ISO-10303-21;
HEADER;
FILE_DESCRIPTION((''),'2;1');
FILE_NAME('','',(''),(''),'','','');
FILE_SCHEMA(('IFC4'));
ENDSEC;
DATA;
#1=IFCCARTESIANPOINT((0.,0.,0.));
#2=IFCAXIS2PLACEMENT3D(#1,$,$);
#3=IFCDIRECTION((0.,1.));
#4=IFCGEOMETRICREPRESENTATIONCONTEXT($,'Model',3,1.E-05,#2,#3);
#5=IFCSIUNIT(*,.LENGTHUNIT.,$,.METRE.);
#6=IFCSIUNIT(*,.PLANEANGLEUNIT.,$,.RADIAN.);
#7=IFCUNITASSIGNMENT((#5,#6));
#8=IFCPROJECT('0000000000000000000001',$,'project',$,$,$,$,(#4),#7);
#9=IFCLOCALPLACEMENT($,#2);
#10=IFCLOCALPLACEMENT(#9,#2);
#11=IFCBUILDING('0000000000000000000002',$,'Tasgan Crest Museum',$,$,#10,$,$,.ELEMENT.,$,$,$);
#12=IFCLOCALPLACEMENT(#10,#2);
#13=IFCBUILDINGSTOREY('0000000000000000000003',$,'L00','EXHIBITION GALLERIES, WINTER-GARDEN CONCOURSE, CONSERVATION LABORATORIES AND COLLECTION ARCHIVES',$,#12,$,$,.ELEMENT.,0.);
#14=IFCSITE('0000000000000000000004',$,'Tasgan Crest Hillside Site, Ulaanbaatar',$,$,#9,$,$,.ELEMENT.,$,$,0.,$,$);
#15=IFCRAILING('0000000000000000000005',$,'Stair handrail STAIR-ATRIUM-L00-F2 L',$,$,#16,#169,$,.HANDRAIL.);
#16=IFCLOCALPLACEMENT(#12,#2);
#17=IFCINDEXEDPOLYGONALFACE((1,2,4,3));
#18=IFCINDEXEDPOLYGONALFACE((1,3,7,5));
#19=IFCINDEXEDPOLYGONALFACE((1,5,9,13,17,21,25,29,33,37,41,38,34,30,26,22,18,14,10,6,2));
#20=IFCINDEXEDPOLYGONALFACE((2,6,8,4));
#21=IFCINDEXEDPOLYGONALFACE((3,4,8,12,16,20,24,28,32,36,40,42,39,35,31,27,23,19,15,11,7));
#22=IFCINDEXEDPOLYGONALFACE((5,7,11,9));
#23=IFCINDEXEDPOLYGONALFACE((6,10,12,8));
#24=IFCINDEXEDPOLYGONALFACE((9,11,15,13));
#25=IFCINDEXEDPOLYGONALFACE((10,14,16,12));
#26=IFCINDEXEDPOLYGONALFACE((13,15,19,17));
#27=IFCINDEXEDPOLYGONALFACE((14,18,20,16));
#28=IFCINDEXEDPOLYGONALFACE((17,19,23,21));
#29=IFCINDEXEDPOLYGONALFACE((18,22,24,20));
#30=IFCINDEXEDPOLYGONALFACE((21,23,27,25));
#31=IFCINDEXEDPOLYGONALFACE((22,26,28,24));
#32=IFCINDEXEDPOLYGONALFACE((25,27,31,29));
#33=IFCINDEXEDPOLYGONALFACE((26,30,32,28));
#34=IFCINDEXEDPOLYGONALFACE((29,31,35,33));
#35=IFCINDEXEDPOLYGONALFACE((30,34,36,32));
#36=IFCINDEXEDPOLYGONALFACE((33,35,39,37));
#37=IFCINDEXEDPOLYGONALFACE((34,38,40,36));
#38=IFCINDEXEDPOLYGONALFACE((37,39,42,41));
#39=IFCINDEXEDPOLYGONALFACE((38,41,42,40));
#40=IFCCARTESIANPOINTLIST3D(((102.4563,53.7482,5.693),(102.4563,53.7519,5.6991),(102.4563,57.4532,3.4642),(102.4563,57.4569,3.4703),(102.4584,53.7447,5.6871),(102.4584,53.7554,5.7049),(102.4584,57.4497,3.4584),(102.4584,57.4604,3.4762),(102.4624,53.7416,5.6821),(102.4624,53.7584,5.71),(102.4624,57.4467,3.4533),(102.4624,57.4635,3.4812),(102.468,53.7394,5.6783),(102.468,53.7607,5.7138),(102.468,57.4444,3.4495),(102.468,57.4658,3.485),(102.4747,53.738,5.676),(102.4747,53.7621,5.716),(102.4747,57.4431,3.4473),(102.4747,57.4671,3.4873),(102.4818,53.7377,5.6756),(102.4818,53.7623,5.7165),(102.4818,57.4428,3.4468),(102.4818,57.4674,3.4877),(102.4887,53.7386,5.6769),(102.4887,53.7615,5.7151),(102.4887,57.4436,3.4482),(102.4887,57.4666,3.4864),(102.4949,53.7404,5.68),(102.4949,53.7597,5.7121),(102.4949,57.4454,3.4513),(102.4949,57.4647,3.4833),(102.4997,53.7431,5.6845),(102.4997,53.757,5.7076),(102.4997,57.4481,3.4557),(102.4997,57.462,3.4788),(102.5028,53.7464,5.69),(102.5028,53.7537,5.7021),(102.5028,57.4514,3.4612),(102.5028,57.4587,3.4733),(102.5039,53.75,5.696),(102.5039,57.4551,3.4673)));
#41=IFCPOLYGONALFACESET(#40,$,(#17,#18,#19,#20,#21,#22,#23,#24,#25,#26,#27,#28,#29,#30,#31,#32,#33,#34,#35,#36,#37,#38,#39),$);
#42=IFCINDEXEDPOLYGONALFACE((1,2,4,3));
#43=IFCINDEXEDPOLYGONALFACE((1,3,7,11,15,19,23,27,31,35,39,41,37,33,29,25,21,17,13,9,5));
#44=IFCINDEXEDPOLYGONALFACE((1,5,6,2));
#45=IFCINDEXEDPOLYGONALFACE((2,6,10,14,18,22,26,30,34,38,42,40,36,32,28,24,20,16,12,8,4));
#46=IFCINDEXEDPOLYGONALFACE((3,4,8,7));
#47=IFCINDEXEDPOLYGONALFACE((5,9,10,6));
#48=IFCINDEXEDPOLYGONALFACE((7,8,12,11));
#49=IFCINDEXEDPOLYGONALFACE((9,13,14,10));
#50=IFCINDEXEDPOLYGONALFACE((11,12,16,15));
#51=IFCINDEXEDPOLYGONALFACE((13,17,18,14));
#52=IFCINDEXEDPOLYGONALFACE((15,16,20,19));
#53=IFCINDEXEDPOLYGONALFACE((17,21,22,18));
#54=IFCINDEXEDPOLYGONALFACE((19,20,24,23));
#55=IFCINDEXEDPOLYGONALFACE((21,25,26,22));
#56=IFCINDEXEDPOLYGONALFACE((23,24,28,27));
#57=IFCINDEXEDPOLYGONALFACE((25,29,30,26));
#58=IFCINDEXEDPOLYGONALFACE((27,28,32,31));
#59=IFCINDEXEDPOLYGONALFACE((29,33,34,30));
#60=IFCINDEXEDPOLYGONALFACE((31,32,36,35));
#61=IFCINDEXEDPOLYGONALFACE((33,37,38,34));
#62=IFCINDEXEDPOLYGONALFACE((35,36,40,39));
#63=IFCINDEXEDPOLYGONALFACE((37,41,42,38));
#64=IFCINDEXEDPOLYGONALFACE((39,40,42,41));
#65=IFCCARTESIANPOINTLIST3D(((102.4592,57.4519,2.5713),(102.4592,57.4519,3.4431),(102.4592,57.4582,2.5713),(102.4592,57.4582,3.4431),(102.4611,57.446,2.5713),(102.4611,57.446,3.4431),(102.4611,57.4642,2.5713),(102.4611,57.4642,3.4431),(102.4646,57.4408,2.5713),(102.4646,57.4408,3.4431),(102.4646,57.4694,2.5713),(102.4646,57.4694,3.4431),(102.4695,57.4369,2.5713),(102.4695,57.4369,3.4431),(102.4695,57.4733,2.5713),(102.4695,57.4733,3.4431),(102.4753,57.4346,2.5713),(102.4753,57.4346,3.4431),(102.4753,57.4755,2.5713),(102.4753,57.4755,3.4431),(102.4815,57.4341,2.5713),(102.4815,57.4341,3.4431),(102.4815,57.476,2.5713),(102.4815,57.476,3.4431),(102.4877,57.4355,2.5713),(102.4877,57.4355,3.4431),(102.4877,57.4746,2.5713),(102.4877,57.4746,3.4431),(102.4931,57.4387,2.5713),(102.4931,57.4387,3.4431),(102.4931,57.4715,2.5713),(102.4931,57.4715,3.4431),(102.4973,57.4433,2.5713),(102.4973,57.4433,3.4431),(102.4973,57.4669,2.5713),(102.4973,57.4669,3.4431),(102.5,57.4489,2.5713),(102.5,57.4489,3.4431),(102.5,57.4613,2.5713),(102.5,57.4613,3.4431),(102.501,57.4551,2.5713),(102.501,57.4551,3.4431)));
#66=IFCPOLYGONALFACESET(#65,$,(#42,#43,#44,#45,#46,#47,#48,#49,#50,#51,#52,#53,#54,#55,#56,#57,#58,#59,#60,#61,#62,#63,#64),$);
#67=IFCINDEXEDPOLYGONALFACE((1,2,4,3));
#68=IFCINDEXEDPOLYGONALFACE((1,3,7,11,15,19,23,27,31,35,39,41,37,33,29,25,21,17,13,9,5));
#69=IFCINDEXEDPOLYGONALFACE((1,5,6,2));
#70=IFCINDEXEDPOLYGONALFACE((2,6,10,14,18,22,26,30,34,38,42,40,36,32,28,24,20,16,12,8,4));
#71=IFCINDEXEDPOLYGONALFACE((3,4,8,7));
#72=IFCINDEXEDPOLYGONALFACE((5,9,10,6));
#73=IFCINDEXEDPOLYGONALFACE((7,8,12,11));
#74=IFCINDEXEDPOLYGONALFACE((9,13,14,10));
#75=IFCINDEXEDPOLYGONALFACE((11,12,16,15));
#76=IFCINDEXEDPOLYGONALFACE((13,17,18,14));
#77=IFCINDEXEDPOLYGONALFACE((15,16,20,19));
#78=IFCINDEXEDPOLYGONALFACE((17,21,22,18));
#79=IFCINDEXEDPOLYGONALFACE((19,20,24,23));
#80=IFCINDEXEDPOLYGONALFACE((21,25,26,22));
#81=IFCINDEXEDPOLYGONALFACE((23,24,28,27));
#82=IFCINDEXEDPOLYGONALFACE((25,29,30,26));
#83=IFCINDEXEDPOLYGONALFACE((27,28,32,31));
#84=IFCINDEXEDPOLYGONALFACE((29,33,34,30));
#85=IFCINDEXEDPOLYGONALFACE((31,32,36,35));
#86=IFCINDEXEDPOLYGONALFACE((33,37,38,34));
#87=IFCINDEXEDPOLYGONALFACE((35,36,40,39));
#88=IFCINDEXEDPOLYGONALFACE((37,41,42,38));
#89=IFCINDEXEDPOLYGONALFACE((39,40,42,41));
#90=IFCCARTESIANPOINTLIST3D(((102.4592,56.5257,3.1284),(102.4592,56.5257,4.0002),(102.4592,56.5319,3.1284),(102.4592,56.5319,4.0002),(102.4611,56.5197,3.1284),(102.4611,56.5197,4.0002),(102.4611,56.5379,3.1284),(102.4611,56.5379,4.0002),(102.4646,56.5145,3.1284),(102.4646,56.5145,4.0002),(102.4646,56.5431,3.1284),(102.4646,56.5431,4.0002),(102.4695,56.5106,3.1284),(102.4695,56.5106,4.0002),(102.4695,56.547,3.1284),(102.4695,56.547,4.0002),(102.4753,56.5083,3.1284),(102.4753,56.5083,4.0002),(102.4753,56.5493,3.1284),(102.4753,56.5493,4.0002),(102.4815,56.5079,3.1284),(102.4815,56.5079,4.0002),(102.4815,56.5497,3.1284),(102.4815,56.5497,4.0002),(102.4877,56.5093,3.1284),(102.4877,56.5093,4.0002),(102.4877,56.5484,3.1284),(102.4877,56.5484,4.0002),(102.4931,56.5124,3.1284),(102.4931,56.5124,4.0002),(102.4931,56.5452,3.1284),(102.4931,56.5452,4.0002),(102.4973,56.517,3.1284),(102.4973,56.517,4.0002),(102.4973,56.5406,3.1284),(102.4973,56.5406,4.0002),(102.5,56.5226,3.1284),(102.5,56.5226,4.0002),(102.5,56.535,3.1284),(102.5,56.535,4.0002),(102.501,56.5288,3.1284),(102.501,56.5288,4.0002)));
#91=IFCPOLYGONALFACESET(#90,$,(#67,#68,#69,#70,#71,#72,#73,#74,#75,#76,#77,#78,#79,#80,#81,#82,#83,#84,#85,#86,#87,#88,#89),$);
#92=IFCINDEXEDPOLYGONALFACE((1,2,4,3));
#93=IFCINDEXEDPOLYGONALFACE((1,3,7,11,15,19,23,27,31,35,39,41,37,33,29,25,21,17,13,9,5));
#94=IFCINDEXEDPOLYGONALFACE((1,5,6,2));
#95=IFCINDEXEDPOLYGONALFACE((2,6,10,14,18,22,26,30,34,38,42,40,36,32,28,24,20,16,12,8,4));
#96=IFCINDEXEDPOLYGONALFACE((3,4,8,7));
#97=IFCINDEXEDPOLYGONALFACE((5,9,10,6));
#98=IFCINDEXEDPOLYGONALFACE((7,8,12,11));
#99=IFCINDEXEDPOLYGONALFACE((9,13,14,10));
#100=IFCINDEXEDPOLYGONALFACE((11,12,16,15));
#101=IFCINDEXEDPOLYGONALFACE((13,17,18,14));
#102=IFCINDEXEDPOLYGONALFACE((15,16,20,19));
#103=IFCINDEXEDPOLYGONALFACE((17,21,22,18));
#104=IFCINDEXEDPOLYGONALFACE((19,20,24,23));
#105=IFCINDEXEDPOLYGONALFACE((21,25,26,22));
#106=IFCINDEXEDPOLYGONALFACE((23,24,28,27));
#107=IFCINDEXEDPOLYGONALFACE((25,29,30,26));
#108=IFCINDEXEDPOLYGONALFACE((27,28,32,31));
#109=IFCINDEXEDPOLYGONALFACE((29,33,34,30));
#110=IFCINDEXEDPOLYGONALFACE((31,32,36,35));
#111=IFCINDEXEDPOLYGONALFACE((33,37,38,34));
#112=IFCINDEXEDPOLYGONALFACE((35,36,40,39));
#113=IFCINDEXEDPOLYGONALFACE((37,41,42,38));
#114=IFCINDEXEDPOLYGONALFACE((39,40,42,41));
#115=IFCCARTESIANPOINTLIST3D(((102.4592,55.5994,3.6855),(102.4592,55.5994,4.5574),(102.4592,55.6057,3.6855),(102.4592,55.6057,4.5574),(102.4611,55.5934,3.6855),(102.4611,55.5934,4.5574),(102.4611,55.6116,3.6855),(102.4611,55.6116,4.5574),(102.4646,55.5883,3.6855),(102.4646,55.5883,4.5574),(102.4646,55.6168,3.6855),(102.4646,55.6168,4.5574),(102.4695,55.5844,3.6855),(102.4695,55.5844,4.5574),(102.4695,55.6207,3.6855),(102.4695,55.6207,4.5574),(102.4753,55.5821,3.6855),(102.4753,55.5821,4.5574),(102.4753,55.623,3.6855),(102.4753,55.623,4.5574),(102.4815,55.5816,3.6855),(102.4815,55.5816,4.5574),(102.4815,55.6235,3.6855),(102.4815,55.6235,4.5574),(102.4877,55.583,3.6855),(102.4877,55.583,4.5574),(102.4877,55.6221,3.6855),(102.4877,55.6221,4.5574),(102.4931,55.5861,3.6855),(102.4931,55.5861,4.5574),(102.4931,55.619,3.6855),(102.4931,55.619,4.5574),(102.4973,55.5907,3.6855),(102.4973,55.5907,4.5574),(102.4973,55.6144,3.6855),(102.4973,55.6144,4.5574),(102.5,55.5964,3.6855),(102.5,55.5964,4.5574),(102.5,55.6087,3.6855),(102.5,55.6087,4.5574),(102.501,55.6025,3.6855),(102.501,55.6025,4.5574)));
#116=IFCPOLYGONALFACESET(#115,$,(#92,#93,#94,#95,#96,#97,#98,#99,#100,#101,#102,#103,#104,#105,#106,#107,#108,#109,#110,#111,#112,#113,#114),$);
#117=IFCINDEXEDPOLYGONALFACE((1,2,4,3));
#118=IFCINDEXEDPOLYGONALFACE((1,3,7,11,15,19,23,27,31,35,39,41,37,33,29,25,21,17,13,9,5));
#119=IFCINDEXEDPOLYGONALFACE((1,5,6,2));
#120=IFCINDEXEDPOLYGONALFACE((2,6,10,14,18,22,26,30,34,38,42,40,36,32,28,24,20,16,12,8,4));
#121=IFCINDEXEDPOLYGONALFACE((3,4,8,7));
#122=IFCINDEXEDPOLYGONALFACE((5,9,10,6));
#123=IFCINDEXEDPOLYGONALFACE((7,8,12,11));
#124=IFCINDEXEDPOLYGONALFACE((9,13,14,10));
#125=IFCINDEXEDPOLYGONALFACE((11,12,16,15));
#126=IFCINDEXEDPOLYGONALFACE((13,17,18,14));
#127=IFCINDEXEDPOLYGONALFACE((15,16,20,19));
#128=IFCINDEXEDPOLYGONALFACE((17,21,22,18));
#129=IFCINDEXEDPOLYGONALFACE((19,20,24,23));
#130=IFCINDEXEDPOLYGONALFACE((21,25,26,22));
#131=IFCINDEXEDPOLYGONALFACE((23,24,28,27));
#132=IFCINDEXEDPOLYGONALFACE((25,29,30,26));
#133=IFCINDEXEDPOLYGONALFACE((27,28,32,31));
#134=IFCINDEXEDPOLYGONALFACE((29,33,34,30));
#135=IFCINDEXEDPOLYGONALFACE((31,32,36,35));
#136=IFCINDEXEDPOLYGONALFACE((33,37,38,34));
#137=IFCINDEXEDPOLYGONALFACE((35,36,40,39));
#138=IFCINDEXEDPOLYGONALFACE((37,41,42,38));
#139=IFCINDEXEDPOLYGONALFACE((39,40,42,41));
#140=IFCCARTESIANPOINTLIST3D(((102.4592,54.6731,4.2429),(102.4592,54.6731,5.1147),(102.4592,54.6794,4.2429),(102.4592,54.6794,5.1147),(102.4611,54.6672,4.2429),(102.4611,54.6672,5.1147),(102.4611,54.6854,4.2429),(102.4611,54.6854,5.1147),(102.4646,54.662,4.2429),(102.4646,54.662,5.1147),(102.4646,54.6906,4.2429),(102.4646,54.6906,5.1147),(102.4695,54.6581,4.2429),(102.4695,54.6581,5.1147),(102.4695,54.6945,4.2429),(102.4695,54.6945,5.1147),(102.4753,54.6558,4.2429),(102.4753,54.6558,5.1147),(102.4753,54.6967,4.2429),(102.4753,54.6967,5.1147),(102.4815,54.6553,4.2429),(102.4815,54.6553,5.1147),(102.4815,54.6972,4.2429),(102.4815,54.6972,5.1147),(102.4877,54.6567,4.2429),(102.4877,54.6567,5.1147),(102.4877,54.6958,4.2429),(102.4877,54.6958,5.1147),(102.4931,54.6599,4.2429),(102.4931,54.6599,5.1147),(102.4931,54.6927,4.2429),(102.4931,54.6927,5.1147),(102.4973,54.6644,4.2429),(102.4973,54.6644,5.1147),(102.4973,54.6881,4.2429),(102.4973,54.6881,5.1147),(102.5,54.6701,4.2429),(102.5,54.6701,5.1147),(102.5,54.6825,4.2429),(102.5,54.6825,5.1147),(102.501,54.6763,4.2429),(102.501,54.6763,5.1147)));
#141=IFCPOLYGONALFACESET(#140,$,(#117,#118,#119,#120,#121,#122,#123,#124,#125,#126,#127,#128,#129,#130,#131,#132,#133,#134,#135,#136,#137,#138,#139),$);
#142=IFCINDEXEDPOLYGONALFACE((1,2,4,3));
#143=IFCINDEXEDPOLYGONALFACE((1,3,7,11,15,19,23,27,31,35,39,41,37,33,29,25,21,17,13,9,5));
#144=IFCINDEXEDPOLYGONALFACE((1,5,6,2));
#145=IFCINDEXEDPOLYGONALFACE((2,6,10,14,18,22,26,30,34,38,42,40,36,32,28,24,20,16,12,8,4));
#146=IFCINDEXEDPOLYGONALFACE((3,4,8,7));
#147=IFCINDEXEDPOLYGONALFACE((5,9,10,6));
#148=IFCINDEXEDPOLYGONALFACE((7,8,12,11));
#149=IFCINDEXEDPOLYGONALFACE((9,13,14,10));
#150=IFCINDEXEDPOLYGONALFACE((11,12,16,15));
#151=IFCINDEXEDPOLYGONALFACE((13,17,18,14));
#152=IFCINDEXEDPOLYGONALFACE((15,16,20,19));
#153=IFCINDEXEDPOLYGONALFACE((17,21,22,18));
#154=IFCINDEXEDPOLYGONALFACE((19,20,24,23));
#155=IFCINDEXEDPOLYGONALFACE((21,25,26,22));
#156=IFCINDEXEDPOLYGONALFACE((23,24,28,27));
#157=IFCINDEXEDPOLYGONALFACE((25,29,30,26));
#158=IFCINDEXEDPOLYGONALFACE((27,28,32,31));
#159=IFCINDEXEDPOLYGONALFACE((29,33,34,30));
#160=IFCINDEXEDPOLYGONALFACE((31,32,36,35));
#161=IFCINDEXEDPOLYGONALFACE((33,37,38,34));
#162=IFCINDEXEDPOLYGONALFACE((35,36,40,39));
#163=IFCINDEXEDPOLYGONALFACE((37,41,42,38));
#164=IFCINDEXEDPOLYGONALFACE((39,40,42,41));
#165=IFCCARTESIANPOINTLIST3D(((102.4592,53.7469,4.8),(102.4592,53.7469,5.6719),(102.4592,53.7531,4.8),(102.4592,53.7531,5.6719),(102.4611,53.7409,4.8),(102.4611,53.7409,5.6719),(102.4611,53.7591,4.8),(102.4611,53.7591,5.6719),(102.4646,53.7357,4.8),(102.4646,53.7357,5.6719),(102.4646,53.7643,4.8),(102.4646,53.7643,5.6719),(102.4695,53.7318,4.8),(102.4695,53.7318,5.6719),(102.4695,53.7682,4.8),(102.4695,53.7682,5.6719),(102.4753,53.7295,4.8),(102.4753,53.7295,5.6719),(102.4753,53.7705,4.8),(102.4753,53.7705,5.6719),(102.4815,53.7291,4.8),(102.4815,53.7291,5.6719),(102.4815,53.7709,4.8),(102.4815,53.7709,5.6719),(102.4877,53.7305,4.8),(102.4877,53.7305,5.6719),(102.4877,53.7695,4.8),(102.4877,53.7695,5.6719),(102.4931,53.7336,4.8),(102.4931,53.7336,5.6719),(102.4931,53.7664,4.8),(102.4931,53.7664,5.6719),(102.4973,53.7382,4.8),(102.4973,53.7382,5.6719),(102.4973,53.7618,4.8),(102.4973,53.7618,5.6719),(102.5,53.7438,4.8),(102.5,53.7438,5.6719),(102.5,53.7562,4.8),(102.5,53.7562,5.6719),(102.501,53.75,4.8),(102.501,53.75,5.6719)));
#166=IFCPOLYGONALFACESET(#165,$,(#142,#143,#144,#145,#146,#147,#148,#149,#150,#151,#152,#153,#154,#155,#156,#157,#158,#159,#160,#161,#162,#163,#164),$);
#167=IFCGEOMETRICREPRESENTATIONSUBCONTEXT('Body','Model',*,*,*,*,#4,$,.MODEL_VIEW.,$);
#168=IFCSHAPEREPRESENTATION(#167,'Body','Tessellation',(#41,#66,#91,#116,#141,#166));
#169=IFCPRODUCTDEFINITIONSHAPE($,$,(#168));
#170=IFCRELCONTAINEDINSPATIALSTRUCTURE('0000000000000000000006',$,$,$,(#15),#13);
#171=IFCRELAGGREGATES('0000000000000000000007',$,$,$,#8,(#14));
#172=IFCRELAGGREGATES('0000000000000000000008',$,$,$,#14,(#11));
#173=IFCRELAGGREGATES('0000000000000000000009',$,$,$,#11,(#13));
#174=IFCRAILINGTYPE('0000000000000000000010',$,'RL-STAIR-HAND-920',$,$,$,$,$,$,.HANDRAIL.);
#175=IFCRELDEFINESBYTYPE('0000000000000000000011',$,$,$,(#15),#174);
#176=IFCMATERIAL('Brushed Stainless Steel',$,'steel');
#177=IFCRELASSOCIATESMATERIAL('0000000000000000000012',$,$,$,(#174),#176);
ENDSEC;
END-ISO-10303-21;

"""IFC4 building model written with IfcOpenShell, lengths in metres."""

from ifc_helpers import new_model, si_unit, direction, frame, origin, origin_2d, place, context, subcontext, project, spatial, circle, extrude, material, type_object, element, save


model = new_model("IFC4")

# Units and contexts
model_context = context("Model", 3, precision=1e-05, world=origin(), true_north=direction((0.0, 1.0)))
body_context = subcontext(model_context, "Body", "Model", "MODEL_VIEW")
ifc_project = project(units=[si_unit("LENGTHUNIT", "METRE"), si_unit("PLANEANGLEUNIT", "RADIAN")], contexts=[model_context])

# Site, building, storey
site_placement = place(None, origin())
site = spatial("IfcSite", under=ifc_project, at=site_placement, Name="Tasgan Crest Hillside Site, Ulaanbaatar", CompositionType="ELEMENT", RefElevation=0.0)
building_placement = place(site_placement, origin())
building = spatial("IfcBuilding", under=site, at=building_placement, Name="Tasgan Crest Museum", CompositionType="ELEMENT")
storey_placement = place(building_placement, origin())
storey = spatial("IfcBuildingStorey", under=building, at=storey_placement, Name="L00", Description="EXHIBITION GALLERIES, WINTER-GARDEN CONCOURSE, CONSERVATION LABORATORIES AND COLLECTION ARCHIVES", CompositionType="ELEMENT", Elevation=0.0)

# Railing
ifc_material_1 = material(Name="Brushed Stainless Steel", Category="steel")
railing_type_1 = type_object("IfcRailingType", Name="RL-STAIR-HAND-920", PredefinedType="HANDRAIL", material=ifc_material_1)
for number, where, name in (
    (1, (102.48, 57.4551, 2.5713), "Stair handrail STAIR-ATRIUM-L00-F2 L"),
):
    element("IfcRailing", number, at=place(storey_placement, frame(where)), inside=storey, type_object=railing_type_1, Name=name, PredefinedType="HANDRAIL", context=body_context, shape_type="SweptSolid", body=[
        extrude(circle(Radius=0.0239, at=origin_2d()), frame((0.0, 0.0, 0.896), z_axis=(0.0, -0.856909, 0.515467), x_axis=(1.0, 0.0, 0.0)), (0.0, 0.0, 1.0), 4.3237),
        extrude(circle(Radius=0.021, at=origin_2d()), origin(), (0.0, 0.0, 1.0), 0.8718),
        extrude(circle(Radius=0.021, at=origin_2d()), frame((0.0, -0.9263, 0.5571)), (0.0, 0.0, 1.0), 0.8718),
        extrude(circle(Radius=0.021, at=origin_2d()), frame((0.0, -1.8525, 1.1143)), (0.0, 0.0, 1.0), 0.8718),
        extrude(circle(Radius=0.021, at=origin_2d()), frame((0.0, -2.7788, 1.6716)), (0.0, 0.0, 1.0), 0.8718),
        extrude(circle(Radius=0.021, at=origin_2d()), frame((0.0, -3.7051, 2.2288)), (0.0, 0.0, 1.0), 0.8718),
    ])

save(model, "model.ifc")
